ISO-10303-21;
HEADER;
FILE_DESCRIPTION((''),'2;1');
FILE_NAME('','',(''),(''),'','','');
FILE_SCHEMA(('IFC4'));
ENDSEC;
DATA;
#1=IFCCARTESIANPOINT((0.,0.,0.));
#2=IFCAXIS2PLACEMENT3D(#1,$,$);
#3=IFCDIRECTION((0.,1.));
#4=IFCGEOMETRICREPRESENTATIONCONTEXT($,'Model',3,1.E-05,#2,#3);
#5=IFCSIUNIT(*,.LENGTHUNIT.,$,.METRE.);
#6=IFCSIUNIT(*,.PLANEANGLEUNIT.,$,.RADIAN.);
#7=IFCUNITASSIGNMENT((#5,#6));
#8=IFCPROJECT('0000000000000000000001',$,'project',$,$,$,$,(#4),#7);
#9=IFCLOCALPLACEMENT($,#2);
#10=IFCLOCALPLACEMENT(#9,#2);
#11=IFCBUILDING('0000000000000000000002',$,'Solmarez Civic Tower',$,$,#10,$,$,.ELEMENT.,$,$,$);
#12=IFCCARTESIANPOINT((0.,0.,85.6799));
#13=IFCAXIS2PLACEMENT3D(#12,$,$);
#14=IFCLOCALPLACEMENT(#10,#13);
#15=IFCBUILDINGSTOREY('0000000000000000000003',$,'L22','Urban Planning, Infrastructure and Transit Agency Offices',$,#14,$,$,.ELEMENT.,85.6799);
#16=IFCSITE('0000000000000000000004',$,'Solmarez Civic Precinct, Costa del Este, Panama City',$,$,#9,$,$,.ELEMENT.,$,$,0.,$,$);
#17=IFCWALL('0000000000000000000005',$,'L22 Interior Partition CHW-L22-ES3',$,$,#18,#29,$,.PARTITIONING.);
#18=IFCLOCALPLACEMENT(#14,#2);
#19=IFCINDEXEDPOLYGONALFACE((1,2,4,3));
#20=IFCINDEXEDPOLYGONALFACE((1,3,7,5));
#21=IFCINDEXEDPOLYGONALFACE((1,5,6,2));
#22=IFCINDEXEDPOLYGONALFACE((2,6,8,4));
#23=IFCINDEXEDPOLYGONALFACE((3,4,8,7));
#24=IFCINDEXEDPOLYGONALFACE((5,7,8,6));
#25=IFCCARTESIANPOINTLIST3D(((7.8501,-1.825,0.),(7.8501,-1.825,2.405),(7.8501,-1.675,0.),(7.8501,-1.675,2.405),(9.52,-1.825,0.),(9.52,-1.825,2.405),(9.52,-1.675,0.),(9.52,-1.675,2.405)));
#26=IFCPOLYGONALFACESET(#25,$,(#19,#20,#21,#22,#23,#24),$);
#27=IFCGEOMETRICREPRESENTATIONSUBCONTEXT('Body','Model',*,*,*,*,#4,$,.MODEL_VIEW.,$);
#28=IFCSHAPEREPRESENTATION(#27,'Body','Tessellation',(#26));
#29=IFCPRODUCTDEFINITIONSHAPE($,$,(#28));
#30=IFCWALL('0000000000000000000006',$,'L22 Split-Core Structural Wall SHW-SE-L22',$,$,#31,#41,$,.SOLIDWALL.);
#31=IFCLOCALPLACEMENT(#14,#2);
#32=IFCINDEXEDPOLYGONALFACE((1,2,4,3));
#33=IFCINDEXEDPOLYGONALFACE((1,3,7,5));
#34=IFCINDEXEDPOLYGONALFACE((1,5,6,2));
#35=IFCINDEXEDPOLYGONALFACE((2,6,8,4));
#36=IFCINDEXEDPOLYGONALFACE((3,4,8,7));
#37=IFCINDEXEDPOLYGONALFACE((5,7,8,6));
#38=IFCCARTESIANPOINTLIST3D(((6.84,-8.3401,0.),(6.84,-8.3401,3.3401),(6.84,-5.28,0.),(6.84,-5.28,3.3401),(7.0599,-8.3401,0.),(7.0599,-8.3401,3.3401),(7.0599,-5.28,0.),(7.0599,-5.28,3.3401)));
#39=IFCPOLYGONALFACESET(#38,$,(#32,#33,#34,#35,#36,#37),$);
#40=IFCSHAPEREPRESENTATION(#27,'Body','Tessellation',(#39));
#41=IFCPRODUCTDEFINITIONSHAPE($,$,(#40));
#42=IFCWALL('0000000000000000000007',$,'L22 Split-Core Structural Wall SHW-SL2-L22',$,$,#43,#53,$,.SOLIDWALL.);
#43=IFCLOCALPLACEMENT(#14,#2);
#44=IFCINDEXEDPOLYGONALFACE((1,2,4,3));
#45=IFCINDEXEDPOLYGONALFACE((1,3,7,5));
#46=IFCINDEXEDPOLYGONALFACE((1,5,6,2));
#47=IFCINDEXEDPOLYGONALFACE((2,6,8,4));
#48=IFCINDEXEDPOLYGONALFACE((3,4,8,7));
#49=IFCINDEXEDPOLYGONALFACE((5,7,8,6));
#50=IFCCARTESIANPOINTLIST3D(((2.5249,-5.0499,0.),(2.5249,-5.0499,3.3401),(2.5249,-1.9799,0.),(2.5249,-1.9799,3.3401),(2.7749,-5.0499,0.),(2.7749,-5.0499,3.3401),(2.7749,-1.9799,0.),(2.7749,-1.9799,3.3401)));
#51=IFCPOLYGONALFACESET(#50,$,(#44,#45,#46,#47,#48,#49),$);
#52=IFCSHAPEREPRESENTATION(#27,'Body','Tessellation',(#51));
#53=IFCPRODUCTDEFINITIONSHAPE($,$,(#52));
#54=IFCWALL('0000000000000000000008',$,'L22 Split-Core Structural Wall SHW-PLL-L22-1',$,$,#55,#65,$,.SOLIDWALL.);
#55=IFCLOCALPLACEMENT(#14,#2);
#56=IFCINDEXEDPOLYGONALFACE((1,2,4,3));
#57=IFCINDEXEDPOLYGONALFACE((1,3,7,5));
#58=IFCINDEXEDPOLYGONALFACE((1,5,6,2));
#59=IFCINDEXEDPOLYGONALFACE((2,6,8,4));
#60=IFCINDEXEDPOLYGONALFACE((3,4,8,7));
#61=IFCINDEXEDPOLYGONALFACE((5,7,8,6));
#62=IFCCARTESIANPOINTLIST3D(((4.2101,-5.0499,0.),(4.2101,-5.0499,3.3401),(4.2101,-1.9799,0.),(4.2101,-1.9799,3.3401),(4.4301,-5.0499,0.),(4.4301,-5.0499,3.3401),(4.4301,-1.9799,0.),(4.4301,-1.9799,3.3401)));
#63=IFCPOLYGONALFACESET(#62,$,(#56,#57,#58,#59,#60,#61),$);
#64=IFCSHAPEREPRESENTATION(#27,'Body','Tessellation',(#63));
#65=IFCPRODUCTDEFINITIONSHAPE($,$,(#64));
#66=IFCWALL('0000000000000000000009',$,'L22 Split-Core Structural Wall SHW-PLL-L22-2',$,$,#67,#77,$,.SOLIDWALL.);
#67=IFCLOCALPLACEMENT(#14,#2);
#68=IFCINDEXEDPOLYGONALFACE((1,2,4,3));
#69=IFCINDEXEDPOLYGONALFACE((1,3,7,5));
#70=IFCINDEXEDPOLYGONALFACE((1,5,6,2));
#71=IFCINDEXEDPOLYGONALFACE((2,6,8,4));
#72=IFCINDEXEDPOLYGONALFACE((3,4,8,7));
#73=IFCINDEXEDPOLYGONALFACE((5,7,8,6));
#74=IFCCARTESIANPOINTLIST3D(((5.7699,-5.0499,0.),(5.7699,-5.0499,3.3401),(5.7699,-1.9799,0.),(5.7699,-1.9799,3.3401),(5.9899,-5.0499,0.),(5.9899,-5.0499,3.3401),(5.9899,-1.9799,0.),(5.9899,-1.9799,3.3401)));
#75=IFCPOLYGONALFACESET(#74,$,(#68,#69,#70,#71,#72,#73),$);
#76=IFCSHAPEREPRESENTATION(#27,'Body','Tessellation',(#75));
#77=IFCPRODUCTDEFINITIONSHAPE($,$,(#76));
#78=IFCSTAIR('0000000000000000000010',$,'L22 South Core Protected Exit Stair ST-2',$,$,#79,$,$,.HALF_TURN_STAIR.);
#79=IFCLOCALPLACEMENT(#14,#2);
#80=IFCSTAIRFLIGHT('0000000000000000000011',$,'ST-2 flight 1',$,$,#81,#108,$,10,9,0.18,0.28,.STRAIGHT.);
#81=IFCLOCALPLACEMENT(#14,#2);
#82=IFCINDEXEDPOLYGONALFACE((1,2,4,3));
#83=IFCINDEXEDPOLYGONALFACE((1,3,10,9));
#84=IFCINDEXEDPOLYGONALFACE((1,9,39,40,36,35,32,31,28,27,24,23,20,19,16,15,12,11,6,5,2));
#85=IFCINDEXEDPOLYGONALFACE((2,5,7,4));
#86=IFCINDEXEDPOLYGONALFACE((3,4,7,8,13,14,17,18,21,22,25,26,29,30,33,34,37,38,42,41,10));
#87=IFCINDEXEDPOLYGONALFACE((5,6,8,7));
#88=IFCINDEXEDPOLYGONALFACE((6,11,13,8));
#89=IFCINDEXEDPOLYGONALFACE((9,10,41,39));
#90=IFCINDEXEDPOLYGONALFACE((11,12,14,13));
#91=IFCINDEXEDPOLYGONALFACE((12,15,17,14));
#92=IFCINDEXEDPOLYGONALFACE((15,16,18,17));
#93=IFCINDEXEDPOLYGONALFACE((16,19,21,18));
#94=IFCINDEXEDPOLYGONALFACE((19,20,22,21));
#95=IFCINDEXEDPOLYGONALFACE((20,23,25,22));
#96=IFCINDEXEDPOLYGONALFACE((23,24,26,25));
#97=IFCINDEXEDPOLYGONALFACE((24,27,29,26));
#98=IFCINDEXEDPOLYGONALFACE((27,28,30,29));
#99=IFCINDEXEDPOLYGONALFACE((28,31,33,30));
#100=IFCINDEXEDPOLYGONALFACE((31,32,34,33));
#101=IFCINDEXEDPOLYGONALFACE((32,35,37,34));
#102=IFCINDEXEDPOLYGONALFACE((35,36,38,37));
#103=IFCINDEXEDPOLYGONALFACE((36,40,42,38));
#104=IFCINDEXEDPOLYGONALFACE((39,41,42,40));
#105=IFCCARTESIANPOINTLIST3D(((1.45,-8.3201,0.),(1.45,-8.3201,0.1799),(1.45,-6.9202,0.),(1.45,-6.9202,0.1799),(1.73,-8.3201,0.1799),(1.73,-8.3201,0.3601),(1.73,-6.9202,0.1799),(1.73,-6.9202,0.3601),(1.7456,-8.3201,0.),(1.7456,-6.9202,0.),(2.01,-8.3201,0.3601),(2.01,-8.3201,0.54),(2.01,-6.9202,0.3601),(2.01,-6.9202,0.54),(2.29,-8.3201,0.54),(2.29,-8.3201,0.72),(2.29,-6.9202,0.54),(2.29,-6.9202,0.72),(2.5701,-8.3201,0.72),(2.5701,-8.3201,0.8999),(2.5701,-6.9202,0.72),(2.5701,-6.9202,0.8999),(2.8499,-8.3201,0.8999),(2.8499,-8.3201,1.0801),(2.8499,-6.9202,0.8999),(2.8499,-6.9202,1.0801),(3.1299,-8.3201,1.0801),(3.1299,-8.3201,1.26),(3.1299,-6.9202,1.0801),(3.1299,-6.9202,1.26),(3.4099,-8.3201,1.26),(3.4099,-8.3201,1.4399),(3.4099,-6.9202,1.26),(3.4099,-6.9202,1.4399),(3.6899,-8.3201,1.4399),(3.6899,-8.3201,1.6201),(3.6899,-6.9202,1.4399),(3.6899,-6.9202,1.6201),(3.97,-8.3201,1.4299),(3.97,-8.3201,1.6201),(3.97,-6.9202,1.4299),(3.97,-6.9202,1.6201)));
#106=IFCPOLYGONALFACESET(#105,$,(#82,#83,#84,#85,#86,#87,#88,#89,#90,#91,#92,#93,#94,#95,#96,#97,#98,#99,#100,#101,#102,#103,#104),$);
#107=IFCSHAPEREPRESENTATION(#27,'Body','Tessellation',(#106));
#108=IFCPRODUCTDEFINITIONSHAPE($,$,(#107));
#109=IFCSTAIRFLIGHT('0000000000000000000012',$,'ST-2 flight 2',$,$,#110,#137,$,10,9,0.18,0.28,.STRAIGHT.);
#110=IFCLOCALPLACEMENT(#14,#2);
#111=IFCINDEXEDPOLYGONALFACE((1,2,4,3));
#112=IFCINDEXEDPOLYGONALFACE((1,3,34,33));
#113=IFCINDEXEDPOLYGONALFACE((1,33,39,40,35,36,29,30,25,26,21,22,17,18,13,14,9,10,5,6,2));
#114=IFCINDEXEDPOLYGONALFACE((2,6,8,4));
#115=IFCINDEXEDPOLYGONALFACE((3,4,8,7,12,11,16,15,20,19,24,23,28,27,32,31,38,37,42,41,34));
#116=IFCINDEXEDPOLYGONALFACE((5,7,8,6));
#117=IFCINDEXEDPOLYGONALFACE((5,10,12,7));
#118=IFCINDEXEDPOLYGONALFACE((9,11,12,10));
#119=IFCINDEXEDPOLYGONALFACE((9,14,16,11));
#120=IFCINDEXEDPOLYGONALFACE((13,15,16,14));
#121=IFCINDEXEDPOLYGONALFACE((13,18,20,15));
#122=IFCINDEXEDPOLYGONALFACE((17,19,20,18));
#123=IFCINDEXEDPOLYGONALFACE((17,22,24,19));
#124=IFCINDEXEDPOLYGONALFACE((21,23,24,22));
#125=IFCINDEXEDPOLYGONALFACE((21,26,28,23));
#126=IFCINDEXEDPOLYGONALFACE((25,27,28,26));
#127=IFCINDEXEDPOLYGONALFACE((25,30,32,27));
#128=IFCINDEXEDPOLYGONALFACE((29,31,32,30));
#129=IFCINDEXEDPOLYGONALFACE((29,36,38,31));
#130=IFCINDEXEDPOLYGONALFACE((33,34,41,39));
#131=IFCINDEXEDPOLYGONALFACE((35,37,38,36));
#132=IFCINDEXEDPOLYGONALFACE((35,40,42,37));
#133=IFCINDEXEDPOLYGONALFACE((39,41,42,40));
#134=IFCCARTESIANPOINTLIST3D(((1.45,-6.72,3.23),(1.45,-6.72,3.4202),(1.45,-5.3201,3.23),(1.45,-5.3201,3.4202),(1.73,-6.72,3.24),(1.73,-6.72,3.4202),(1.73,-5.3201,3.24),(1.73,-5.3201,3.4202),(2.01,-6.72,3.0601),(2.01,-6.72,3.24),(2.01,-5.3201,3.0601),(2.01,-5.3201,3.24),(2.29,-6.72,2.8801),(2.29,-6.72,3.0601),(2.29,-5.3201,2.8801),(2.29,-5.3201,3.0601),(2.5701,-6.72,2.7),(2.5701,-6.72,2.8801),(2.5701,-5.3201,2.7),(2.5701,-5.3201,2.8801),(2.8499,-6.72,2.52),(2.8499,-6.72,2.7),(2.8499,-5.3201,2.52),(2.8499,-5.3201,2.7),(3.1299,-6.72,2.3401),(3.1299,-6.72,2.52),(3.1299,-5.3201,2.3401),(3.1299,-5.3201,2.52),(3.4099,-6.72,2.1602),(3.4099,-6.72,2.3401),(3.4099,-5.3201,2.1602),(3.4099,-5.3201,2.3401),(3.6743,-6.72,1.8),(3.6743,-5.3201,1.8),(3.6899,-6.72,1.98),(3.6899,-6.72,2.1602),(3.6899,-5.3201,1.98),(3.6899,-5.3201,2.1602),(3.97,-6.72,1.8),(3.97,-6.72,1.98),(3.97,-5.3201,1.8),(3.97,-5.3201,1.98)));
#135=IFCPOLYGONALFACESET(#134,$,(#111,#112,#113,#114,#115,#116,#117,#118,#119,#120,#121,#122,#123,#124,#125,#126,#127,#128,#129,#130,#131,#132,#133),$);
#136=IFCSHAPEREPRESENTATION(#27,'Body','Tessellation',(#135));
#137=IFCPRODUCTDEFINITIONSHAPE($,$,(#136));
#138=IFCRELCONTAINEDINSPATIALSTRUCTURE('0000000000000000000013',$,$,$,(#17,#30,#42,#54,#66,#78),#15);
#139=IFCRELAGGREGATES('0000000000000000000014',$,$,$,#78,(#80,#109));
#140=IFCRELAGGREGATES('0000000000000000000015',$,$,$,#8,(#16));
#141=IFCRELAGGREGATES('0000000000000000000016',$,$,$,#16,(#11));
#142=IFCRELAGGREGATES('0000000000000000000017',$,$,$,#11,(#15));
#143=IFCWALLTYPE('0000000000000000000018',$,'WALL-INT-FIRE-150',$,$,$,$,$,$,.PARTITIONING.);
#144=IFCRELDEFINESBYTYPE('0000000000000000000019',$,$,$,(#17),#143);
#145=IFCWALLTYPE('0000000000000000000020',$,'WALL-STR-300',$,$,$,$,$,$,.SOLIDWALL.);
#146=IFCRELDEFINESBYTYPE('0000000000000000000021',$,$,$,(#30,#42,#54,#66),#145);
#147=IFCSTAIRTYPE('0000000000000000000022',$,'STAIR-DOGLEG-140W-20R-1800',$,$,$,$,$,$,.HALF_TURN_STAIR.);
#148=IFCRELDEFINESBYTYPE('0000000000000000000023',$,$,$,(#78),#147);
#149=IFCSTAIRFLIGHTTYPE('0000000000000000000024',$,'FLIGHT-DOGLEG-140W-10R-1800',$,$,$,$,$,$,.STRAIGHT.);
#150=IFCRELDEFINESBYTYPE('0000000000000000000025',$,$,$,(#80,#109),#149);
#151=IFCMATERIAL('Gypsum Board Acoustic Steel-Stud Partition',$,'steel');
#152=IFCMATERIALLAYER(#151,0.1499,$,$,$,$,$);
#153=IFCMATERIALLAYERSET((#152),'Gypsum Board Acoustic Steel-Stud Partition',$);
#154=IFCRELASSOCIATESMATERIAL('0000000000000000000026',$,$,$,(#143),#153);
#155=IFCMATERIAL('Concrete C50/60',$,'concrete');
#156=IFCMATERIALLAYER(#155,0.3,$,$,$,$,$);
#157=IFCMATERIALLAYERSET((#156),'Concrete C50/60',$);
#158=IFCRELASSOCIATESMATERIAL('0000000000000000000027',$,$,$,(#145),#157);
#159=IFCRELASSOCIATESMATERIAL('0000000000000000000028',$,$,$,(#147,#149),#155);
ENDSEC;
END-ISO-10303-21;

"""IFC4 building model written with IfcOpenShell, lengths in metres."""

from ifc_helpers import new_model, si_unit, direction, frame, frame_2d, origin, place, context, subcontext, project, spatial, polyline, rectangle, outline, extrude, material, layer, layer_set, type_object, element, aggregate, save


model = new_model("IFC4")

# Units and contexts
model_context = context("Model", 3, precision=1e-05, world=origin(), true_north=direction((0.0, 1.0)))
body_context = subcontext(model_context, "Body", "Model", "MODEL_VIEW")
ifc_project = project(units=[si_unit("LENGTHUNIT", "METRE"), si_unit("PLANEANGLEUNIT", "RADIAN")], contexts=[model_context])

# Site, building, storey
site_placement = place(None, origin())
site = spatial("IfcSite", under=ifc_project, at=site_placement, Name="Solmarez Civic Precinct, Costa del Este, Panama City", CompositionType="ELEMENT", RefElevation=0.0)
building_placement = place(site_placement, origin())
building = spatial("IfcBuilding", under=site, at=building_placement, Name="Solmarez Civic Tower", CompositionType="ELEMENT")
storey_placement = place(building_placement, frame((0.0, 0.0, 85.6799)))
storey = spatial("IfcBuildingStorey", under=building, at=storey_placement, Name="L22", Description="Urban Planning, Infrastructure and Transit Agency Offices", CompositionType="ELEMENT", Elevation=85.6799)

# Shared definitions
ifc_material_1 = material(Name="Concrete C50/60", Category="concrete")

# Walls
ifc_material_2 = material(Name="Gypsum Board Acoustic Steel-Stud Partition", Category="steel")
ifc_layer_1 = layer(ifc_material_2, 0.1499)
ifc_layer_set_1 = layer_set([ifc_layer_1], Name="Gypsum Board Acoustic Steel-Stud Partition")
wall_type_1 = type_object("IfcWallType", Name="WALL-INT-FIRE-150", PredefinedType="PARTITIONING", material=ifc_layer_set_1)
wall_1_placement = place(storey_placement, frame((7.8501, -1.75, 0.0), z_axis=(0.0, 0.0, 1.0), x_axis=(1.0, 0.0, 0.0)))
element("IfcWall", 1, at=wall_1_placement, inside=storey, type_object=wall_type_1, Name="L22 Interior Partition CHW-L22-ES3", PredefinedType="PARTITIONING", context=body_context, shape_type="SweptSolid", body=[
    extrude(rectangle(XDim=1.6699, YDim=0.1499, at=frame_2d((0.835, 0.0))), origin(), (0.0, 0.0, 1.0), 2.405),
])
ifc_layer_2 = layer(ifc_material_1, 0.3)
ifc_layer_set_2 = layer_set([ifc_layer_2], Name="Concrete C50/60")
wall_type_2 = type_object("IfcWallType", Name="WALL-STR-300", PredefinedType="SOLIDWALL", material=ifc_layer_set_2)
wall_2_placement = place(storey_placement, frame((6.95, -8.3401, 0.0), z_axis=(0.0, 0.0, 1.0), x_axis=(0.0, 1.0, 0.0)))
element("IfcWall", 2, at=wall_2_placement, inside=storey, type_object=wall_type_2, Name="L22 Split-Core Structural Wall SHW-SE-L22", PredefinedType="SOLIDWALL", context=body_context, shape_type="SweptSolid", body=[
    extrude(rectangle(XDim=3.0601, YDim=0.22, at=frame_2d((1.53, 0.0))), origin(), (0.0, 0.0, 1.0), 3.3401),
])
wall_3_placement = place(storey_placement, frame((2.6499, -5.05, 0.0), z_axis=(0.0, 0.0, 1.0), x_axis=(0.0, 1.0, 0.0)))
element("IfcWall", 3, at=wall_3_placement, inside=storey, type_object=wall_type_2, Name="L22 Split-Core Structural Wall SHW-SL2-L22", PredefinedType="SOLIDWALL", context=body_context, shape_type="SweptSolid", body=[
    extrude(rectangle(XDim=3.0701, YDim=0.25, at=frame_2d((1.5352, 0.0))), origin(), (0.0, 0.0, 1.0), 3.3401),
])
for number, where, z_axis, x_axis, name in (
    (4, (4.3201, -5.05, 0.0), (0.0, 0.0, 1.0), (0.0, 1.0, 0.0), "L22 Split-Core Structural Wall SHW-PLL-L22-1"),
    (5, (5.8799, -5.05, 0.0), (0.0, 0.0, 1.0), (0.0, 1.0, 0.0), "L22 Split-Core Structural Wall SHW-PLL-L22-2"),
):
    element("IfcWall", number, at=place(storey_placement, frame(where, z_axis=z_axis, x_axis=x_axis)), inside=storey, type_object=wall_type_2, Name=name, PredefinedType="SOLIDWALL", context=body_context, shape_type="SweptSolid", body=[
        extrude(rectangle(XDim=3.0701, YDim=0.22, at=frame_2d((1.5352, 0.0))), origin(), (0.0, 0.0, 1.0), 3.3401),
    ])

# Stair, stair flights
stair_type = type_object("IfcStairType", Name="STAIR-DOGLEG-140W-20R-1800", PredefinedType="HALF_TURN_STAIR", material=ifc_material_1)
stair_placement = place(storey_placement, origin())
stair = element("IfcStair", 6, at=stair_placement, inside=storey, type_object=stair_type, Name="L22 South Core Protected Exit Stair ST-2", PredefinedType="HALF_TURN_STAIR")
stair_flight_type = type_object("IfcStairFlightType", Name="FLIGHT-DOGLEG-140W-10R-1800", PredefinedType="STRAIGHT", material=ifc_material_1)
stair_flight_1_placement = place(storey_placement, frame((1.45, -7.6201, 0.0), z_axis=(0.0, 0.0, 1.0), x_axis=(1.0, 0.0, 0.0)))
stair_flight_1 = element("IfcStairFlight", 7, at=stair_flight_1_placement, type_object=stair_flight_type, Name="ST-2 flight 1", NumberOfRisers=10, NumberOfTreads=9, PredefinedType="STRAIGHT", RiserHeight=0.18, TreadLength=0.28, context=body_context, shape_type="SweptSolid", body=[
    extrude(outline(polyline([(0.0, 0.0), (0.0, 0.1799), (0.28, 0.1799), (0.28, 0.3601), (0.5601, 0.3601), (0.5601, 0.54), (0.8401, 0.54), (0.8401, 0.72), (1.1201, 0.72), (1.1201, 0.8999), (1.3999, 0.8999), (1.3999, 1.0801), (1.6799, 1.0801), (1.6799, 1.26), (1.96, 1.26), (1.96, 1.4399), (2.24, 1.4399), (2.24, 1.6201), (2.52, 1.6201), (2.52, 1.8), (2.52, 1.4299), (0.2957, 0.0), (0.0, 0.0)])), frame((0.0, 0.7, 0.0), z_axis=(0.0, -1.0, 0.0), x_axis=(1.0, 0.0, 0.0)), (0.0, 0.0, 1.0), 1.3999),
])
stair_flight_2_placement = place(storey_placement, frame((3.97, -6.02, 1.8), z_axis=(0.0, 0.0, 1.0), x_axis=(-1.0, 0.0, 0.0)))
stair_flight_2 = element("IfcStairFlight", 8, at=stair_flight_2_placement, type_object=stair_flight_type, Name="ST-2 flight 2", NumberOfRisers=10, NumberOfTreads=9, PredefinedType="STRAIGHT", RiserHeight=0.18, TreadLength=0.28, context=body_context, shape_type="SweptSolid", body=[
    extrude(outline(polyline([(0.0, 0.0), (0.0, 0.1799), (0.28, 0.1799), (0.28, 0.3601), (0.5601, 0.3601), (0.5601, 0.54), (0.8401, 0.54), (0.8401, 0.72), (1.1201, 0.72), (1.1201, 0.8999), (1.3999, 0.8999), (1.3999, 1.0801), (1.6799, 1.0801), (1.6799, 1.26), (1.96, 1.26), (1.96, 1.4399), (2.24, 1.4399), (2.24, 1.6201), (2.52, 1.6201), (2.52, 1.8), (2.52, 1.4299), (0.2957, 0.0), (0.0, 0.0)])), frame((0.0, 0.7, 0.0), z_axis=(0.0, -1.0, 0.0), x_axis=(1.0, 0.0, 0.0)), (0.0, 0.0, 1.0), 1.3999),
])
aggregate(stair, [stair_flight_1, stair_flight_2])

save(model, "model.ifc")
